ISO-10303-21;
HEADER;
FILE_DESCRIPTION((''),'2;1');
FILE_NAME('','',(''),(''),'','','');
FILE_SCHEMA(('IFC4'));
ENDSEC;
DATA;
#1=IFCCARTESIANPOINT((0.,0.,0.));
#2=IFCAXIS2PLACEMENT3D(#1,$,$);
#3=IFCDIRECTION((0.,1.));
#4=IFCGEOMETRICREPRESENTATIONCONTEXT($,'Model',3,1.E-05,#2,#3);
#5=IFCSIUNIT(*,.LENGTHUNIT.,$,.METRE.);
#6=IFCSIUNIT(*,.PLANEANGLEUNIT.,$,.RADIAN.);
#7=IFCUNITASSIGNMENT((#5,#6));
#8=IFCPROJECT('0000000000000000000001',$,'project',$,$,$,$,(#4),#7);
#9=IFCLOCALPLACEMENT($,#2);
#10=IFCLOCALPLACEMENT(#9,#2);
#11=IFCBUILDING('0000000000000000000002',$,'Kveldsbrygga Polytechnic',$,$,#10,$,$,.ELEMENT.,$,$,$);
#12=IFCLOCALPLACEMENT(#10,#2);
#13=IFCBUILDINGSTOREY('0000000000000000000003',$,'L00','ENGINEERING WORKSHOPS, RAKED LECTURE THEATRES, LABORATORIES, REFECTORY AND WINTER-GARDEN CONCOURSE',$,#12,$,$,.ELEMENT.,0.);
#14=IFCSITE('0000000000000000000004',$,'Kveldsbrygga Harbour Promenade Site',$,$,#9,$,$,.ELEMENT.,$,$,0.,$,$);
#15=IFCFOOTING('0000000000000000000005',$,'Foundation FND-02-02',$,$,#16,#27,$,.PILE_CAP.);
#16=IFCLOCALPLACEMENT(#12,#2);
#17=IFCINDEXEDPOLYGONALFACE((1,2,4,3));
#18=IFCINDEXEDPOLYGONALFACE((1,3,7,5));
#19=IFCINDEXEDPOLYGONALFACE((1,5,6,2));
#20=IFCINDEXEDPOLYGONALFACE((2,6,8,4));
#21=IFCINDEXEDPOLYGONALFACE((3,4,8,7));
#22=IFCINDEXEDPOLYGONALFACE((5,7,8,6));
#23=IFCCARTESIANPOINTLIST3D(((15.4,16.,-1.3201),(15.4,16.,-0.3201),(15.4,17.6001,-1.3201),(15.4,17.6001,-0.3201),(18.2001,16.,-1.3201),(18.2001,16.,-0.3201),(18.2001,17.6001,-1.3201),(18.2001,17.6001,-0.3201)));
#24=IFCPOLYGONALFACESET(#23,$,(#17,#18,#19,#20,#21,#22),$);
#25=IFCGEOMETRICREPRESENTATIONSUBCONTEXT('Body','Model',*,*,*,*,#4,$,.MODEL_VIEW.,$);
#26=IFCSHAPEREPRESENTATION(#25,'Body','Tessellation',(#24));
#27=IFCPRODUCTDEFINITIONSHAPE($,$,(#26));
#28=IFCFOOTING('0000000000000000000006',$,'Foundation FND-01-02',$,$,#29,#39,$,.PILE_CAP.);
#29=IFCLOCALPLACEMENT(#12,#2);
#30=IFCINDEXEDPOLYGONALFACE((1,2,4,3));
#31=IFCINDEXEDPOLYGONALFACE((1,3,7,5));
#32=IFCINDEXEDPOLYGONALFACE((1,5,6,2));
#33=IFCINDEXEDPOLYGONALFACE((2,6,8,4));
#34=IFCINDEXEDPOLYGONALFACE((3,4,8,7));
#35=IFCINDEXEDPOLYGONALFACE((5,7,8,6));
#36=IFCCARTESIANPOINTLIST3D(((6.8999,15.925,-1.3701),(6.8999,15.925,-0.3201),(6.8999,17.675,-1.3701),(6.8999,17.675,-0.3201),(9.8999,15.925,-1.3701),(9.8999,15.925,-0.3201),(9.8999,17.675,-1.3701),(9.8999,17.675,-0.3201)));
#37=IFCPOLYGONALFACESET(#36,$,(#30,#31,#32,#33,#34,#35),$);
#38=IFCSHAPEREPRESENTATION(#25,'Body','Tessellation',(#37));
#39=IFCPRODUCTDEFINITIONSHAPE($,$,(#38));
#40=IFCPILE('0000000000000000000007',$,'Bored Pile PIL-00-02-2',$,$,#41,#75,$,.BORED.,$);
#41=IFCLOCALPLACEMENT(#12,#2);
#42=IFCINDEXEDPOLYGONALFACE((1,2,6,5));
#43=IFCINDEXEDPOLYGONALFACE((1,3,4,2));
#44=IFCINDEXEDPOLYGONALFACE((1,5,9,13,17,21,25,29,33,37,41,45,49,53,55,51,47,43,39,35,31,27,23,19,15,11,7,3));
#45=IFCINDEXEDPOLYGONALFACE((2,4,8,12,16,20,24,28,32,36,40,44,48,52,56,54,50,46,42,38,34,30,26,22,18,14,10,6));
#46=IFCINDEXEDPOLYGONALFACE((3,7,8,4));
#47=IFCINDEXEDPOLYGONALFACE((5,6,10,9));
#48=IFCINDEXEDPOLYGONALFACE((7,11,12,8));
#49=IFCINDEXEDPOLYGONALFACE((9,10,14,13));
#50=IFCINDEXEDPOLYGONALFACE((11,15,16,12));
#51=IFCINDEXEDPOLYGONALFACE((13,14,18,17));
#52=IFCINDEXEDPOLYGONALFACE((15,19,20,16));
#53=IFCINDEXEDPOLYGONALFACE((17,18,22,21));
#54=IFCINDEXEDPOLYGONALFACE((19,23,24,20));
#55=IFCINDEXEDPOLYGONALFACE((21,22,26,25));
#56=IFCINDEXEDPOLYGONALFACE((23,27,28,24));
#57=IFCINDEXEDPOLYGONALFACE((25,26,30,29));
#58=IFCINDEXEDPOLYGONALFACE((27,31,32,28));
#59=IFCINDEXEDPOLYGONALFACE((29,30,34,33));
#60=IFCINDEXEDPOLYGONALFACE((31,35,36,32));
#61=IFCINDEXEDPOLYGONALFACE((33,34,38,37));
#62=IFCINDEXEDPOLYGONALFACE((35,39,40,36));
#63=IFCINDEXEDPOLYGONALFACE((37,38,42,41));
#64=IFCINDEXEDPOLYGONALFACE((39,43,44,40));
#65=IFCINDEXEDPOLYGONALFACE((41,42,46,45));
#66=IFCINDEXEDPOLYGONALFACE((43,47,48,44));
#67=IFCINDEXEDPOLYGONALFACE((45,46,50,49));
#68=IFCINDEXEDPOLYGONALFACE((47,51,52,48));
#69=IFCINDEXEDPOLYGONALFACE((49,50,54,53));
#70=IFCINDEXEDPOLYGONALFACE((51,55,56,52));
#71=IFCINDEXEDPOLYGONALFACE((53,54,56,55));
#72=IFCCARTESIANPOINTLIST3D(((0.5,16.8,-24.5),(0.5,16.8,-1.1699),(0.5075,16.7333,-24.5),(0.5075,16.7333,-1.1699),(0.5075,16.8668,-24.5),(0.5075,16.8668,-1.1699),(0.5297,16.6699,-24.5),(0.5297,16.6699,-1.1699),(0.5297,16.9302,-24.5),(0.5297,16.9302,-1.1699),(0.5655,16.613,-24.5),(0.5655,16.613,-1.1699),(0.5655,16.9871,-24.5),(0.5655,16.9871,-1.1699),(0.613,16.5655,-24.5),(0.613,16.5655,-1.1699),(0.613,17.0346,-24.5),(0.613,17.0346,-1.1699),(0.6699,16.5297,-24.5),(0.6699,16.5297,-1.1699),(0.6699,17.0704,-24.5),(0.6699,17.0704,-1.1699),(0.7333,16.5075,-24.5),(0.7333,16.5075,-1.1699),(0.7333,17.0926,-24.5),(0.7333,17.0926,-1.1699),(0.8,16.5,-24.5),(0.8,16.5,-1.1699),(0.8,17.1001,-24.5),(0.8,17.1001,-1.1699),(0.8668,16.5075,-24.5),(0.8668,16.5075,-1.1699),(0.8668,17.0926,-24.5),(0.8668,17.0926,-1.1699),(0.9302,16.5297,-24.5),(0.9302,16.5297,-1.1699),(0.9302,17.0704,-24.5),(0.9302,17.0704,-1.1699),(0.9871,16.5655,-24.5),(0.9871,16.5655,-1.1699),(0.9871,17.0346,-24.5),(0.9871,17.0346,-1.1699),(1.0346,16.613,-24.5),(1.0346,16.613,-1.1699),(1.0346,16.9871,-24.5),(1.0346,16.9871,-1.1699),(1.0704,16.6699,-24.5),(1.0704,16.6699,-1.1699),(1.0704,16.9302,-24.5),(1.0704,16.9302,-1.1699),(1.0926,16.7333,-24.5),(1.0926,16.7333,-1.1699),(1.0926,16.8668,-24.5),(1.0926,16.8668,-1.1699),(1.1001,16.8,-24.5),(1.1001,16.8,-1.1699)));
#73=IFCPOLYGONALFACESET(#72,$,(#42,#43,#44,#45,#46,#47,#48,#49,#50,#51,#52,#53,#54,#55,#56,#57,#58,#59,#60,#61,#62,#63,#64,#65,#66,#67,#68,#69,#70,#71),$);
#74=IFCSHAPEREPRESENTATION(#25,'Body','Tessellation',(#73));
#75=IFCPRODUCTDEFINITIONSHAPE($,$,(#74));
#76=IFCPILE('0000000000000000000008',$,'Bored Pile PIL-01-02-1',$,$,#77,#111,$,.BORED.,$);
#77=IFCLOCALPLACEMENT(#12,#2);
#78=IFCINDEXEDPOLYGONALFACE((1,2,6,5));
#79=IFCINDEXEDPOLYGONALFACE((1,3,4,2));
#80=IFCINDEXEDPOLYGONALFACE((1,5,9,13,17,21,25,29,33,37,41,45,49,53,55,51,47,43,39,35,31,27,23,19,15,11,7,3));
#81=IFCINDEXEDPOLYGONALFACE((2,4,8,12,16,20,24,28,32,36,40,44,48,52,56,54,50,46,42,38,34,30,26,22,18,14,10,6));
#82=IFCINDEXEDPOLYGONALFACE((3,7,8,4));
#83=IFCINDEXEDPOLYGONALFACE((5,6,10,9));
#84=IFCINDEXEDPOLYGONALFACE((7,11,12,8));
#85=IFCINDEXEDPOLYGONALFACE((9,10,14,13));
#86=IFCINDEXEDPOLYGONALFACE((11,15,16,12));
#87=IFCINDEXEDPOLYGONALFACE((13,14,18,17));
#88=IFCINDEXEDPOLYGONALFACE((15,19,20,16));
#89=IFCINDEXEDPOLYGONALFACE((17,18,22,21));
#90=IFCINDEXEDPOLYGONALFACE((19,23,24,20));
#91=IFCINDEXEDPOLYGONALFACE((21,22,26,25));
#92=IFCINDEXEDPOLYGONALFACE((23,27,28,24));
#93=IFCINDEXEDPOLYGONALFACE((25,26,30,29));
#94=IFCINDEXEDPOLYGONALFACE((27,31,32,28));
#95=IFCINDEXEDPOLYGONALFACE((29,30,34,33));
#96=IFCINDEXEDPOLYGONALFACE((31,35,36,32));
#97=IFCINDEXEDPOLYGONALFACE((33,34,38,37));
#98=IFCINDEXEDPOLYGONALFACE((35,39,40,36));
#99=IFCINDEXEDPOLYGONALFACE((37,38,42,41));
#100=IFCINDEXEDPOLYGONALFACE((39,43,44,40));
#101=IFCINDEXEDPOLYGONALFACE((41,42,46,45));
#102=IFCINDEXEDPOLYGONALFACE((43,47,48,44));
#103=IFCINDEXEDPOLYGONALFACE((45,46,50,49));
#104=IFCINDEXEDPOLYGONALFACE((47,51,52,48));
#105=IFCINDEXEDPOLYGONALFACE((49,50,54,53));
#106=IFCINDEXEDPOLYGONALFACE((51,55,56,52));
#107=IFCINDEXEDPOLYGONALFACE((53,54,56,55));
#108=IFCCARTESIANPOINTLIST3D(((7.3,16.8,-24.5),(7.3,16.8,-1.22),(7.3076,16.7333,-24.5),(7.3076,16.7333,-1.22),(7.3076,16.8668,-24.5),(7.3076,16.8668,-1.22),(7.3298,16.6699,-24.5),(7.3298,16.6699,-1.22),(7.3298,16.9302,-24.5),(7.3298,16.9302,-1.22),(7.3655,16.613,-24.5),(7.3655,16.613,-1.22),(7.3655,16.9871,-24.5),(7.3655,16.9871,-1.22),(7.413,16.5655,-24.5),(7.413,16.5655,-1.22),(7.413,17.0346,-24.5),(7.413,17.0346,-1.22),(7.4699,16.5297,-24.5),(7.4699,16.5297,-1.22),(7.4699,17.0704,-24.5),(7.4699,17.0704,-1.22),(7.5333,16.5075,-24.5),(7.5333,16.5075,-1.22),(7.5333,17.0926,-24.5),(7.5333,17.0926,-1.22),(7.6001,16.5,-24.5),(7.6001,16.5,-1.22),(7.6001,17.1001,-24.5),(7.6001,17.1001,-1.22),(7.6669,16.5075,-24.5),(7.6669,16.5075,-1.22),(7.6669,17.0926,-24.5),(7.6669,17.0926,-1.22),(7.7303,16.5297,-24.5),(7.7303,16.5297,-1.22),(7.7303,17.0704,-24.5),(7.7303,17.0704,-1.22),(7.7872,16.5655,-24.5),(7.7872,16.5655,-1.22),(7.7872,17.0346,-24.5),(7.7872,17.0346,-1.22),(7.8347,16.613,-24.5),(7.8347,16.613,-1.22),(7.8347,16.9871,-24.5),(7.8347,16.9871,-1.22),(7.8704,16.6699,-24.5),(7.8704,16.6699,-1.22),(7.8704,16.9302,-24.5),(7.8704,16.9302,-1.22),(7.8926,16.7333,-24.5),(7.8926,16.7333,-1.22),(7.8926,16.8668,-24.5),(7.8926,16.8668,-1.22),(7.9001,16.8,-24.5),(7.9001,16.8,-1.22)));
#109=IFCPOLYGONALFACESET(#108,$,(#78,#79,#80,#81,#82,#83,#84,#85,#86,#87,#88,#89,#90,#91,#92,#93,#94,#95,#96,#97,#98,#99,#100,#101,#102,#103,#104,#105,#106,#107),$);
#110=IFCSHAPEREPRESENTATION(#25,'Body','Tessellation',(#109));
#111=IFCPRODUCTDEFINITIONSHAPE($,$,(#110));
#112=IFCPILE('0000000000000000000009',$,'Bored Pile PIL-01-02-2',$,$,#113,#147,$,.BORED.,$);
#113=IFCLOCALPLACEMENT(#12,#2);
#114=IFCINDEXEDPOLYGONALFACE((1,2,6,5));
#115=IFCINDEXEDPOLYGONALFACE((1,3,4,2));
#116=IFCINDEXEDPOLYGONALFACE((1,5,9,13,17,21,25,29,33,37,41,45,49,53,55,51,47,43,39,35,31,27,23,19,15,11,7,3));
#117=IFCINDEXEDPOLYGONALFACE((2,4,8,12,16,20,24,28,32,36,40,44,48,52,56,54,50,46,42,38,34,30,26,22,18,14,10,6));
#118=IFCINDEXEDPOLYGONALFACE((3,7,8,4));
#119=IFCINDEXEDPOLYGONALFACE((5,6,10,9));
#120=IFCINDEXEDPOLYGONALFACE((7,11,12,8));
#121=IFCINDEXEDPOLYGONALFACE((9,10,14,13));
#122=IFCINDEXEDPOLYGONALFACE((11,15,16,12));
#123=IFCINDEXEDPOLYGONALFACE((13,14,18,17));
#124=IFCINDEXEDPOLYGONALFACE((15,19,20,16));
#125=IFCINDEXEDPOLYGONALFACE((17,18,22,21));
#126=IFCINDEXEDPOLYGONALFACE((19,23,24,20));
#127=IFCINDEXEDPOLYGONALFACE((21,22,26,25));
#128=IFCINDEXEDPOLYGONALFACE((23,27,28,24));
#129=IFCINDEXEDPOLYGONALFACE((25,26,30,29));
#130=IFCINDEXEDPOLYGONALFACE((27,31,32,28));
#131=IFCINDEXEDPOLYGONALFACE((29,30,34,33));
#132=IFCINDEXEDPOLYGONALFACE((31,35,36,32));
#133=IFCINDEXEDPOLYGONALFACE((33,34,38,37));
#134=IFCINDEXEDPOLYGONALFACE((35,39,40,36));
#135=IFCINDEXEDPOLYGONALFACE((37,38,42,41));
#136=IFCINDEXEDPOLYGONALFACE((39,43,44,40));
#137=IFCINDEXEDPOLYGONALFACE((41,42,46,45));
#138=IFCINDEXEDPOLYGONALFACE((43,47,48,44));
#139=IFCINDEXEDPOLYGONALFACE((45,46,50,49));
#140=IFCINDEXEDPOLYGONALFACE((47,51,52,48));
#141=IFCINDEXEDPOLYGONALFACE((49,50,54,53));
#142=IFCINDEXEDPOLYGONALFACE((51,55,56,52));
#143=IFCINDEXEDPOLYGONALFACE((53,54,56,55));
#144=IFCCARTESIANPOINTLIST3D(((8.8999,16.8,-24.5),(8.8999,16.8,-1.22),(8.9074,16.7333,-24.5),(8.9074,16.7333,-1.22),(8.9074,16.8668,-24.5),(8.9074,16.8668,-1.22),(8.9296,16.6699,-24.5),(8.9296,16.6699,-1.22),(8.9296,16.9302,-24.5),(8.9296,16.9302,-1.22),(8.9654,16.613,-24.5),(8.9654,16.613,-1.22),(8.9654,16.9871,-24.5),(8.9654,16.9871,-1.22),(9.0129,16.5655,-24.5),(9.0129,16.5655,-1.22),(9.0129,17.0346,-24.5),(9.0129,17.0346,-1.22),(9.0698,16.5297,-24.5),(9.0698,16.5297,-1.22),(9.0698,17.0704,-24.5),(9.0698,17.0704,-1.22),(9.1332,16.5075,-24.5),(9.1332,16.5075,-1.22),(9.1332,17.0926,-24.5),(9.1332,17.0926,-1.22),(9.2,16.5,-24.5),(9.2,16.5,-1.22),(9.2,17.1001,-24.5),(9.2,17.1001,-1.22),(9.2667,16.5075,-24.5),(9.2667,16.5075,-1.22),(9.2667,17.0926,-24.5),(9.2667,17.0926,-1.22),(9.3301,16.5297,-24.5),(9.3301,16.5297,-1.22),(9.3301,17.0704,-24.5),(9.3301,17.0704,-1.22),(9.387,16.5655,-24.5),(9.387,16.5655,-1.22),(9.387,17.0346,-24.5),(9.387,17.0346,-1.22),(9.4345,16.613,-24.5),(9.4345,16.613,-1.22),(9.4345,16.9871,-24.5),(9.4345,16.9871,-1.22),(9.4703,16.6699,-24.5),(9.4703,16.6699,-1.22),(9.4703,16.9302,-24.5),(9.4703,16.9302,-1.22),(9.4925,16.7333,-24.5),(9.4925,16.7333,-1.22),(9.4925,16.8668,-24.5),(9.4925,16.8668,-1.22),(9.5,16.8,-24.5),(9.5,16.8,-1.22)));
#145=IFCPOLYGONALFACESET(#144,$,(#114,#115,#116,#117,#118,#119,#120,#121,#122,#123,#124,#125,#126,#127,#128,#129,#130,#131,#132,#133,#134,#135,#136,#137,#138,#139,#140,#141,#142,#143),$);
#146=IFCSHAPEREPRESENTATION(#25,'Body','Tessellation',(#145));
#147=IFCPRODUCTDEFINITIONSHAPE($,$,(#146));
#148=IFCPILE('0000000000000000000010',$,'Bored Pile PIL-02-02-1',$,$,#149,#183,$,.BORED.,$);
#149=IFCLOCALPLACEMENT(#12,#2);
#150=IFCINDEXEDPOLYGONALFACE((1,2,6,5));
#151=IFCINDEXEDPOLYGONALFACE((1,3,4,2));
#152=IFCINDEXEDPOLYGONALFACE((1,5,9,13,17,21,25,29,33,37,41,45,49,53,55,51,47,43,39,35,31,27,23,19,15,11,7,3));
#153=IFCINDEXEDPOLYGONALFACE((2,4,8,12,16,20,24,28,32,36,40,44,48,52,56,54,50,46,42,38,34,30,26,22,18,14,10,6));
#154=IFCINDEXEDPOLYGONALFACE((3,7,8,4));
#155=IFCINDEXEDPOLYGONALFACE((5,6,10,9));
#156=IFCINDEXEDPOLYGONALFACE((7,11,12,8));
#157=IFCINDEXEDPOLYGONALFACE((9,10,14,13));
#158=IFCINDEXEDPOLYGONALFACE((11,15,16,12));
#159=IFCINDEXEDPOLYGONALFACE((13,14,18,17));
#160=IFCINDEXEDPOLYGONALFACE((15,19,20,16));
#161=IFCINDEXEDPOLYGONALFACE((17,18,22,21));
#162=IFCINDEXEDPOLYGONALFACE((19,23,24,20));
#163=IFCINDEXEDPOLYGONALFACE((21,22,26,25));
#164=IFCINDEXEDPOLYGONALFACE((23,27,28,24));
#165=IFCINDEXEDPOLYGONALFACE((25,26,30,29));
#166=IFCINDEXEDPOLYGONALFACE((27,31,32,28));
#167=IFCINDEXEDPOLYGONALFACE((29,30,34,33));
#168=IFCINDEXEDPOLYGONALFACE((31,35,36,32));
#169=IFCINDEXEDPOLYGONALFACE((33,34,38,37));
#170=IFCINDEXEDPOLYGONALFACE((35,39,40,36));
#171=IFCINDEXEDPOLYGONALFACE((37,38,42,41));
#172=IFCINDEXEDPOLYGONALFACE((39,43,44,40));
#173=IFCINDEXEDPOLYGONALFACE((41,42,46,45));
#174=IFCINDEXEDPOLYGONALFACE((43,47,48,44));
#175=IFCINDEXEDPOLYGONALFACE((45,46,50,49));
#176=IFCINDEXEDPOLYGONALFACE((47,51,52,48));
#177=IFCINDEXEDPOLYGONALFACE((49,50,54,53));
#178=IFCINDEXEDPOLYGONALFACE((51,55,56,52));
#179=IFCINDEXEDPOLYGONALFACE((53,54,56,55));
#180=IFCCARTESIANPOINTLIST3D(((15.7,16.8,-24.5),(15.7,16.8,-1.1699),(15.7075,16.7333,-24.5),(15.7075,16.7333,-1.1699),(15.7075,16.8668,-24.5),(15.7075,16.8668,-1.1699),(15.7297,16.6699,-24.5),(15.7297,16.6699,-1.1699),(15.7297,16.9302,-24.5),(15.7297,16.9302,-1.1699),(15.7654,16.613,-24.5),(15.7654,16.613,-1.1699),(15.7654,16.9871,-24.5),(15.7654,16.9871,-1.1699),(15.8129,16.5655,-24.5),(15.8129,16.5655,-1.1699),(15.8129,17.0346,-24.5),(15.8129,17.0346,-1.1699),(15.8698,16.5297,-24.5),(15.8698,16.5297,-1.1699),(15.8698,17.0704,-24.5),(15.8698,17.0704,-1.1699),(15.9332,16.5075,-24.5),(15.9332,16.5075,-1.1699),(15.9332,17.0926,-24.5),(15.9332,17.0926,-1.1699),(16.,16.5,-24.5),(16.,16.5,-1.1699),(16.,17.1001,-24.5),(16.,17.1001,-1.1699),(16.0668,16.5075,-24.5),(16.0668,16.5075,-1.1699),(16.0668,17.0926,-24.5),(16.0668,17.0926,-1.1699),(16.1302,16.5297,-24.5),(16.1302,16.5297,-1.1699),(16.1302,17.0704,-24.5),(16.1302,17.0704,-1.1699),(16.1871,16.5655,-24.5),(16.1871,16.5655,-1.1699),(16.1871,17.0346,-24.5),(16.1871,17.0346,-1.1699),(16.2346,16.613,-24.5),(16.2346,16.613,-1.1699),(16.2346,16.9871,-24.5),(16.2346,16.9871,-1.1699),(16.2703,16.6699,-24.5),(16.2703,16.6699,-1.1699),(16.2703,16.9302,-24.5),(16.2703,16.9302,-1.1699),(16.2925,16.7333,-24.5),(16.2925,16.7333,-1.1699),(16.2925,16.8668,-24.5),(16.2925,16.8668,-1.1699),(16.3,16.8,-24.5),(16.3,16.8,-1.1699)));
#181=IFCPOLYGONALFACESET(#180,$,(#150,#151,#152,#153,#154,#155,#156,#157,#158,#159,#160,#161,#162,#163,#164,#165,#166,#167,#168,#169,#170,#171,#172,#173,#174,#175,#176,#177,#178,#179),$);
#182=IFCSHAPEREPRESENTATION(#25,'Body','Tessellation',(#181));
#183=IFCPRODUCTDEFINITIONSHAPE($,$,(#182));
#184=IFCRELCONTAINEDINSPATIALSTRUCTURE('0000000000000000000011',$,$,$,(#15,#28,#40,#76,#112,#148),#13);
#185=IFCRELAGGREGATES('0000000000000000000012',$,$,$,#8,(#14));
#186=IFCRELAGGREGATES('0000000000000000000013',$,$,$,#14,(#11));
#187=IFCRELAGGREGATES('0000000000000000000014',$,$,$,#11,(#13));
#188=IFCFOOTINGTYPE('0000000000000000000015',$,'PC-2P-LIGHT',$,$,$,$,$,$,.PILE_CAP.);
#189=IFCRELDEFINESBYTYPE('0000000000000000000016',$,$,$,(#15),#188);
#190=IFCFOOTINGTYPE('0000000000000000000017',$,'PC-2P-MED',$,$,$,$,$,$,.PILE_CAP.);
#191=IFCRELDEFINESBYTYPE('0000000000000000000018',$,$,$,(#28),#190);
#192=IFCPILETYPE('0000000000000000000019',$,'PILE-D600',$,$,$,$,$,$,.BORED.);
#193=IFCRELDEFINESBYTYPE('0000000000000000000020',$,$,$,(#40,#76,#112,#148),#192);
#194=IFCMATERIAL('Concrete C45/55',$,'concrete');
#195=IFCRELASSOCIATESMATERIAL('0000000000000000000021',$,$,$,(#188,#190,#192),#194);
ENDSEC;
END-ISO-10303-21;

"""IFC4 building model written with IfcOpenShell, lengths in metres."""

from ifc_helpers import new_model, si_unit, direction, frame, origin, origin_2d, place, context, subcontext, project, spatial, rectangle, circle, extrude, material, material_profile, profile_set, type_object, element, save


model = new_model("IFC4")

# Units and contexts
model_context = context("Model", 3, precision=1e-05, world=origin(), true_north=direction((0.0, 1.0)))
body_context = subcontext(model_context, "Body", "Model", "MODEL_VIEW")
ifc_project = project(units=[si_unit("LENGTHUNIT", "METRE"), si_unit("PLANEANGLEUNIT", "RADIAN")], contexts=[model_context])

# Site, building, storey
site_placement = place(None, origin())
site = spatial("IfcSite", under=ifc_project, at=site_placement, Name="Kveldsbrygga Harbour Promenade Site", CompositionType="ELEMENT", RefElevation=0.0)
building_placement = place(site_placement, origin())
building = spatial("IfcBuilding", under=site, at=building_placement, Name="Kveldsbrygga Polytechnic", CompositionType="ELEMENT")
storey_placement = place(building_placement, origin())
storey = spatial("IfcBuildingStorey", under=building, at=storey_placement, Name="L00", Description="ENGINEERING WORKSHOPS, RAKED LECTURE THEATRES, LABORATORIES, REFECTORY AND WINTER-GARDEN CONCOURSE", CompositionType="ELEMENT", Elevation=0.0)

# Footings
ifc_material_1 = material(Name="Concrete C45/55", Category="concrete")
footing_type_1 = type_object("IfcFootingType", Name="PC-2P-LIGHT", PredefinedType="PILE_CAP", material=ifc_material_1)
footing_1_placement = place(storey_placement, frame((16.8, 16.8, -1.3201), z_axis=(0.0, 0.0, 1.0), x_axis=(1.0, 0.0, 0.0)))
element("IfcFooting", 1, at=footing_1_placement, inside=storey, type_object=footing_type_1, Name="Foundation FND-02-02", PredefinedType="PILE_CAP", context=body_context, shape_type="SweptSolid", body=[
    extrude(rectangle(XDim=2.8, YDim=1.6001, at=origin_2d()), origin(), (0.0, 0.0, 1.0), 1.0),
])
footing_type_2 = type_object("IfcFootingType", Name="PC-2P-MED", PredefinedType="PILE_CAP", material=ifc_material_1)
footing_2_placement = place(storey_placement, frame((8.3999, 16.8, -1.3701), z_axis=(0.0, 0.0, 1.0), x_axis=(1.0, 0.0, 0.0)))
element("IfcFooting", 2, at=footing_2_placement, inside=storey, type_object=footing_type_2, Name="Foundation FND-01-02", PredefinedType="PILE_CAP", context=body_context, shape_type="SweptSolid", body=[
    extrude(rectangle(XDim=3.0, YDim=1.75, at=origin_2d()), origin(), (0.0, 0.0, 1.0), 1.05),
])

# Piles
ifc_material_profile_1 = material_profile(ifc_material_1, circle(Radius=0.3, at=origin_2d()), Name="PILE D600")
ifc_profile_set_1 = profile_set([ifc_material_profile_1], Name="Concrete C45/55")
pile_type = type_object("IfcPileType", Name="PILE-D600", PredefinedType="BORED", material=ifc_profile_set_1)
pile_placement = place(storey_placement, frame((0.8, 16.8, -1.1699), z_axis=(0.0, 0.0, -1.0), x_axis=(1.0, 0.0, 0.0)))
element("IfcPile", 3, at=pile_placement, inside=storey, type_object=pile_type, Name="Bored Pile PIL-00-02-2", PredefinedType="BORED", context=body_context, shape_type="SweptSolid", body=[
    extrude(circle(Radius=0.3, at=origin_2d()), origin(), (0.0, 0.0, 1.0), 23.3301),
])
for number, where, z_axis, x_axis, name in (
    (4, (7.6001, 16.8, -1.22), (0.0, 0.0, -1.0), (1.0, 0.0, 0.0), "Bored Pile PIL-01-02-1"),
    (5, (9.2, 16.8, -1.22), (0.0, 0.0, -1.0), (1.0, 0.0, 0.0), "Bored Pile PIL-01-02-2"),
):
    element("IfcPile", number, at=place(storey_placement, frame(where, z_axis=z_axis, x_axis=x_axis)), inside=storey, type_object=pile_type, Name=name, PredefinedType="BORED", context=body_context, shape_type="SweptSolid", body=[
        extrude(circle(Radius=0.3, at=origin_2d()), origin(), (0.0, 0.0, 1.0), 23.28),
    ])
for number, where, z_axis, x_axis, name in (
    (6, (16.0, 16.8, -1.1699), (0.0, 0.0, -1.0), (1.0, 0.0, 0.0), "Bored Pile PIL-02-02-1"),
):
    element("IfcPile", number, at=place(storey_placement, frame(where, z_axis=z_axis, x_axis=x_axis)), inside=storey, type_object=pile_type, Name=name, PredefinedType="BORED", context=body_context, shape_type="SweptSolid", body=[
        extrude(circle(Radius=0.3, at=origin_2d()), origin(), (0.0, 0.0, 1.0), 23.3301),
    ])

save(model, "model.ifc")
